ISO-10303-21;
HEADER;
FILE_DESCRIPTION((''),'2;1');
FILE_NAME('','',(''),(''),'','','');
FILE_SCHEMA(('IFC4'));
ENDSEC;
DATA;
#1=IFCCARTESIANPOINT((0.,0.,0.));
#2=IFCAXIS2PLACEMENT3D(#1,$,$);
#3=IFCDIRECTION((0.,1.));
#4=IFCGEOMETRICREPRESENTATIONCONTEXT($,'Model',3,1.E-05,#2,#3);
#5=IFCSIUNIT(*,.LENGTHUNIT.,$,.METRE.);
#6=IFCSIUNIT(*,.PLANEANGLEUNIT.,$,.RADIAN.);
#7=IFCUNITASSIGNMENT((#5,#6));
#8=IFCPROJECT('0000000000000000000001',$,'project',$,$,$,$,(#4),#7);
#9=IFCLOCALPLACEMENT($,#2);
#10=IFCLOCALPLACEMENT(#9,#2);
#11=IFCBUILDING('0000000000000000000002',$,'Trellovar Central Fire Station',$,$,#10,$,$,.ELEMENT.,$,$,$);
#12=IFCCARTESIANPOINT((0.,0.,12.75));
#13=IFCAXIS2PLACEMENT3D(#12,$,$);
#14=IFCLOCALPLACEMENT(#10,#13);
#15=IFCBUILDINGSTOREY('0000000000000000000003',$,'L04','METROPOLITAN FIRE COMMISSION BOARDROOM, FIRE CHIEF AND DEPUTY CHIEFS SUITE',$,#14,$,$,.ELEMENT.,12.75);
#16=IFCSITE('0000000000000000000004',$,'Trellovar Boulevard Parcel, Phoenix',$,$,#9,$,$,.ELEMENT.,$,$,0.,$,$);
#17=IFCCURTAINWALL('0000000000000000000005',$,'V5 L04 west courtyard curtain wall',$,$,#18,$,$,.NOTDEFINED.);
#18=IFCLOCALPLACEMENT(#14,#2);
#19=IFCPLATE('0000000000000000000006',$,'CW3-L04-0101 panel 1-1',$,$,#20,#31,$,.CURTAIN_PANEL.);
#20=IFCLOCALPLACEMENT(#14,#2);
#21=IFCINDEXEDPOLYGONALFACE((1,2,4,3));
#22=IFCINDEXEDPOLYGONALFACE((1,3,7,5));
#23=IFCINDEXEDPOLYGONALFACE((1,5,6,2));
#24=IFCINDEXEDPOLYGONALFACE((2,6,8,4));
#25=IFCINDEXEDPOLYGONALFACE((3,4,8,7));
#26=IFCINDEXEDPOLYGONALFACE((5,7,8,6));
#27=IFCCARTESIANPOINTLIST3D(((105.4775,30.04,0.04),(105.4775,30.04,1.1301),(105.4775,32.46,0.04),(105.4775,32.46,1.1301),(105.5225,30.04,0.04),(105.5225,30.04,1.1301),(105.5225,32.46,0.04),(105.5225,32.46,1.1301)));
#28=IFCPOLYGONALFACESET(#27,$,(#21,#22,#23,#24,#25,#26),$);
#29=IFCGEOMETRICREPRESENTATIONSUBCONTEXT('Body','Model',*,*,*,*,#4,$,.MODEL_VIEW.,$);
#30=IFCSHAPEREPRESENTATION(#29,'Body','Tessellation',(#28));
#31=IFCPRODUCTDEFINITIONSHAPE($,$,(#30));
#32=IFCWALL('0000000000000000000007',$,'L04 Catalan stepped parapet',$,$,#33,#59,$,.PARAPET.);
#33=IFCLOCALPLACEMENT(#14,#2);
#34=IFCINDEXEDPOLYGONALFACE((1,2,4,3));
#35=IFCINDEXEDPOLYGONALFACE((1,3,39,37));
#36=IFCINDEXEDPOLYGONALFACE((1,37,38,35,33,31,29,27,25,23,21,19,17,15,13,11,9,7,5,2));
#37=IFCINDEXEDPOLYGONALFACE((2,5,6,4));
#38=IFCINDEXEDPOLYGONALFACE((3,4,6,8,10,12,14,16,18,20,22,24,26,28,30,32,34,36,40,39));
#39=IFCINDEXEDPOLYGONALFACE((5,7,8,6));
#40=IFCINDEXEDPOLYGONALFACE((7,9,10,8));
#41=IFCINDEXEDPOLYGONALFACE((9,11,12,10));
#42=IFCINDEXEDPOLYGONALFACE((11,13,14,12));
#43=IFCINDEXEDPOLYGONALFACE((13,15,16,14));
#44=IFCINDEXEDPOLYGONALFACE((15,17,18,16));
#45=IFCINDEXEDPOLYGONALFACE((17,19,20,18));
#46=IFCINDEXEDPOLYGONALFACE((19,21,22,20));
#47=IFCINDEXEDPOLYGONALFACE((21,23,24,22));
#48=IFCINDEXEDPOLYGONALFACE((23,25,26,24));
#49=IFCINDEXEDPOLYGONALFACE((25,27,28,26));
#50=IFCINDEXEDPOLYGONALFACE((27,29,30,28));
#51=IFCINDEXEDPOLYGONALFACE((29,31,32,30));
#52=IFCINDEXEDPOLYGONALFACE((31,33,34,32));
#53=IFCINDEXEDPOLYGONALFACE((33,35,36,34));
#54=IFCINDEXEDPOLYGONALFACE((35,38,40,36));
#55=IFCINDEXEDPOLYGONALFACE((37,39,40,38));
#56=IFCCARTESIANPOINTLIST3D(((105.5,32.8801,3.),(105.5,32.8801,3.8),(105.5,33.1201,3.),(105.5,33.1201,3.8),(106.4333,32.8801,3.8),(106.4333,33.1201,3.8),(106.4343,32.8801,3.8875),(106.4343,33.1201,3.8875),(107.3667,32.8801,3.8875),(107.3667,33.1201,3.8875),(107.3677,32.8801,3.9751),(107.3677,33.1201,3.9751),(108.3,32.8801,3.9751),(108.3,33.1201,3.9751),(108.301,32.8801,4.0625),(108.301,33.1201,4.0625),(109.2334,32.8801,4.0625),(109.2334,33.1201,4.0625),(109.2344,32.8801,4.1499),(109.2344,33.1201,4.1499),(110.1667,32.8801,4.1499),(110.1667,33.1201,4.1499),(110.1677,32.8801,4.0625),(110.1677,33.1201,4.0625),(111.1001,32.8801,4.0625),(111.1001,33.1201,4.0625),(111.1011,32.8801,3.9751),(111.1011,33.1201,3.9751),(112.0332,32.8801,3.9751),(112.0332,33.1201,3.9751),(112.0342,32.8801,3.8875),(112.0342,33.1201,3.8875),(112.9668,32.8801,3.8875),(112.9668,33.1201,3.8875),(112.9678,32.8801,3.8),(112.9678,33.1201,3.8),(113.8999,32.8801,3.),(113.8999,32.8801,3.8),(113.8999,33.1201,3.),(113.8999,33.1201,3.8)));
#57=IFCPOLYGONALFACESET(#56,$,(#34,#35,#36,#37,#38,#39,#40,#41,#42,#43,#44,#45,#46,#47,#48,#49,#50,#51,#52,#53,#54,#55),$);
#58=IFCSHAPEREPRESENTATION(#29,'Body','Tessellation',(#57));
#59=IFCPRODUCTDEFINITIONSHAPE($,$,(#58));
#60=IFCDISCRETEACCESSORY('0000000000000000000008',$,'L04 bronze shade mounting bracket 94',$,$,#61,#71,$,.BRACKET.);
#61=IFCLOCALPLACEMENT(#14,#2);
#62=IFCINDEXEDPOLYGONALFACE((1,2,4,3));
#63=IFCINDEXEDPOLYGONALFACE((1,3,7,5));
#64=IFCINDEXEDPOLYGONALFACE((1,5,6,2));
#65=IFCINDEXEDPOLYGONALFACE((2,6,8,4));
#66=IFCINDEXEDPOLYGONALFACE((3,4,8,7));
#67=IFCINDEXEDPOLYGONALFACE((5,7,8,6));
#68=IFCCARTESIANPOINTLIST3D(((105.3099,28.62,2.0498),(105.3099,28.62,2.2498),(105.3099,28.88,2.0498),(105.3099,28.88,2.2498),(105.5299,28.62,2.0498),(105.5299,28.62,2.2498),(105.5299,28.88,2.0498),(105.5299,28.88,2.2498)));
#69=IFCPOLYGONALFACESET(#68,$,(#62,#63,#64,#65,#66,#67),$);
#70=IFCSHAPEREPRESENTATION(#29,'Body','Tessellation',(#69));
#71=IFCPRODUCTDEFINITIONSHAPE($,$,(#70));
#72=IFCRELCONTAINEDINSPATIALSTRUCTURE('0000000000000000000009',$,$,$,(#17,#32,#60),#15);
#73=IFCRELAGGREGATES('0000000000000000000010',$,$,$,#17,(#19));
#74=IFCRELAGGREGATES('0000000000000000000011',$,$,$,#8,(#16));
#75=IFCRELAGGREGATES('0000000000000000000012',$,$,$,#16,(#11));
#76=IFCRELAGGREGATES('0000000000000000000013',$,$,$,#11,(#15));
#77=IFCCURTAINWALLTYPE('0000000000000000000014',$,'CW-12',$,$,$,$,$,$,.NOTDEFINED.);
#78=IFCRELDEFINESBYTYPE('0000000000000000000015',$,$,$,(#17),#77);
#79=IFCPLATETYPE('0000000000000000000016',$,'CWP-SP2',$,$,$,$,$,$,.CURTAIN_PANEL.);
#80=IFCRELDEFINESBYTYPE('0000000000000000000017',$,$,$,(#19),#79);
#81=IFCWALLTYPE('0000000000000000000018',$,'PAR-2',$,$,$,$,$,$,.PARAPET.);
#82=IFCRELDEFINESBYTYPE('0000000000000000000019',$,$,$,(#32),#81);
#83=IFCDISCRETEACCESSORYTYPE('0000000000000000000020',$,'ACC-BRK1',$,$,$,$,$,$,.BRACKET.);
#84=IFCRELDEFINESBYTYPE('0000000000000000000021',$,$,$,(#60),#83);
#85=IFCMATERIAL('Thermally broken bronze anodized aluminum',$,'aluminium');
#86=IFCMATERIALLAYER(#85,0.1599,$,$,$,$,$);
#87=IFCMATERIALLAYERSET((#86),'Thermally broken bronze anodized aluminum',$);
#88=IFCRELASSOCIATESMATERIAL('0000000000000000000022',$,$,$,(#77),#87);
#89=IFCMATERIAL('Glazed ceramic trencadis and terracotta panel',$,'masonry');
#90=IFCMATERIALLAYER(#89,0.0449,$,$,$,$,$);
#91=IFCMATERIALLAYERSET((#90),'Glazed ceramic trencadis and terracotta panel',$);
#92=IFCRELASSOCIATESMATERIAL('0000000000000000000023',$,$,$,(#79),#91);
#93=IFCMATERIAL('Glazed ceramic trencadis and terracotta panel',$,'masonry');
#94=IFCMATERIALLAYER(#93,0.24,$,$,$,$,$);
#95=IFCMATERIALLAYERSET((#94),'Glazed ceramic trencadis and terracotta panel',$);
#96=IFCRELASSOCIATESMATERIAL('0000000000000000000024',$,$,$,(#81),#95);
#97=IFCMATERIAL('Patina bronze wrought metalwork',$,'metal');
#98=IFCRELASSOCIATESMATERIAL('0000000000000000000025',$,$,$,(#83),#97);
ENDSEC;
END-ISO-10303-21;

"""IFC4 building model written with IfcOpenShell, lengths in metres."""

from ifc_helpers import new_model, si_unit, direction, frame, origin, origin_2d, place, context, subcontext, project, spatial, polyline, rectangle, outline, extrude, material, layer, layer_set, type_object, element, aggregate, save


model = new_model("IFC4")

# Units and contexts
model_context = context("Model", 3, precision=1e-05, world=origin(), true_north=direction((0.0, 1.0)))
body_context = subcontext(model_context, "Body", "Model", "MODEL_VIEW")
ifc_project = project(units=[si_unit("LENGTHUNIT", "METRE"), si_unit("PLANEANGLEUNIT", "RADIAN")], contexts=[model_context])

# Site, building, storey
site_placement = place(None, origin())
site = spatial("IfcSite", under=ifc_project, at=site_placement, Name="Trellovar Boulevard Parcel, Phoenix", CompositionType="ELEMENT", RefElevation=0.0)
building_placement = place(site_placement, origin())
building = spatial("IfcBuilding", under=site, at=building_placement, Name="Trellovar Central Fire Station", CompositionType="ELEMENT")
storey_placement = place(building_placement, frame((0.0, 0.0, 12.75)))
storey = spatial("IfcBuildingStorey", under=building, at=storey_placement, Name="L04", Description="METROPOLITAN FIRE COMMISSION BOARDROOM, FIRE CHIEF AND DEPUTY CHIEFS SUITE", CompositionType="ELEMENT", Elevation=12.75)

# Curtain wall
ifc_material_1 = material(Name="Thermally broken bronze anodized aluminum", Category="aluminium")
ifc_layer_1 = layer(ifc_material_1, 0.1599)
ifc_layer_set_1 = layer_set([ifc_layer_1], Name="Thermally broken bronze anodized aluminum")
curtain_wall_type_1 = type_object("IfcCurtainWallType", Name="CW-12", PredefinedType="NOTDEFINED", material=ifc_layer_set_1)
curtain_wall_1_placement = place(storey_placement, origin())
curtain_wall_1 = element("IfcCurtainWall", 1, at=curtain_wall_1_placement, inside=storey, type_object=curtain_wall_type_1, Name="V5 L04 west courtyard curtain wall", PredefinedType="NOTDEFINED")

# Plate
ifc_material_2 = material(Name="Glazed ceramic trencadis and terracotta panel", Category="masonry")
ifc_layer_2 = layer(ifc_material_2, 0.0449)
ifc_layer_set_2 = layer_set([ifc_layer_2], Name="Glazed ceramic trencadis and terracotta panel")
plate_type_1 = type_object("IfcPlateType", Name="CWP-SP2", PredefinedType="CURTAIN_PANEL", material=ifc_layer_set_2)
plate_1_placement = place(storey_placement, frame((105.5, 31.25, 0.04), z_axis=(0.0, 0.0, 1.0), x_axis=(0.0, -1.0, 0.0)))
plate_1 = element("IfcPlate", 2, at=plate_1_placement, type_object=plate_type_1, Name="CW3-L04-0101 panel 1-1", PredefinedType="CURTAIN_PANEL", context=body_context, shape_type="SweptSolid", body=[
    extrude(rectangle(XDim=2.4199, YDim=0.0449, at=origin_2d()), origin(), (0.0, 0.0, 1.0), 1.0901),
])
aggregate(curtain_wall_1, [plate_1])

# Wall
ifc_material_3 = material(Name="Glazed ceramic trencadis and terracotta panel", Category="masonry")
ifc_layer_3 = layer(ifc_material_3, 0.24)
ifc_layer_set_3 = layer_set([ifc_layer_3], Name="Glazed ceramic trencadis and terracotta panel")
wall_type = type_object("IfcWallType", Name="PAR-2", PredefinedType="PARAPET", material=ifc_layer_set_3)
wall_placement = place(storey_placement, frame((105.5, 33.0, 3.0), z_axis=(0.0, 0.0, 1.0), x_axis=(1.0, 0.0, 0.0)))
element("IfcWall", 3, at=wall_placement, inside=storey, type_object=wall_type, Name="L04 Catalan stepped parapet", PredefinedType="PARAPET", context=body_context, shape_type="SweptSolid", body=[
    extrude(outline(polyline([(0.0, 0.0), (8.3999, 0.0), (8.3999, 0.8), (7.4678, 0.8), (7.4668, 0.8875), (6.5342, 0.8875), (6.5332, 0.9751), (5.6011, 0.9751), (5.6001, 1.0625), (4.6677, 1.0625), (4.6667, 1.1499), (3.7344, 1.1499), (3.7334, 1.0625), (2.801, 1.0625), (2.8, 0.9751), (1.8677, 0.9751), (1.8667, 0.8875), (0.9343, 0.8875), (0.9333, 0.8), (0.0, 0.8), (0.0, 0.0)])), frame((0.0, 0.1201, 0.0), z_axis=(0.0, -1.0, 0.0), x_axis=(1.0, 0.0, 0.0)), (0.0, 0.0, 1.0), 0.24),
])

# Discrete accessory
ifc_material_4 = material(Name="Patina bronze wrought metalwork", Category="metal")
discrete_accessory_type = type_object("IfcDiscreteAccessoryType", Name="ACC-BRK1", PredefinedType="BRACKET", material=ifc_material_4)
discrete_accessory_placement = place(storey_placement, frame((105.4199, 28.75, 2.0498), z_axis=(0.0, 0.0, 1.0), x_axis=(0.0, 1.0, 0.0)))
element("IfcDiscreteAccessory", 4, at=discrete_accessory_placement, inside=storey, type_object=discrete_accessory_type, Name="L04 bronze shade mounting bracket 94", PredefinedType="BRACKET", context=body_context, shape_type="SweptSolid", body=[
    extrude(rectangle(XDim=0.26, YDim=0.22, at=origin_2d()), origin(), (0.0, 0.0, 1.0), 0.2),
])

save(model, "model.ifc")
